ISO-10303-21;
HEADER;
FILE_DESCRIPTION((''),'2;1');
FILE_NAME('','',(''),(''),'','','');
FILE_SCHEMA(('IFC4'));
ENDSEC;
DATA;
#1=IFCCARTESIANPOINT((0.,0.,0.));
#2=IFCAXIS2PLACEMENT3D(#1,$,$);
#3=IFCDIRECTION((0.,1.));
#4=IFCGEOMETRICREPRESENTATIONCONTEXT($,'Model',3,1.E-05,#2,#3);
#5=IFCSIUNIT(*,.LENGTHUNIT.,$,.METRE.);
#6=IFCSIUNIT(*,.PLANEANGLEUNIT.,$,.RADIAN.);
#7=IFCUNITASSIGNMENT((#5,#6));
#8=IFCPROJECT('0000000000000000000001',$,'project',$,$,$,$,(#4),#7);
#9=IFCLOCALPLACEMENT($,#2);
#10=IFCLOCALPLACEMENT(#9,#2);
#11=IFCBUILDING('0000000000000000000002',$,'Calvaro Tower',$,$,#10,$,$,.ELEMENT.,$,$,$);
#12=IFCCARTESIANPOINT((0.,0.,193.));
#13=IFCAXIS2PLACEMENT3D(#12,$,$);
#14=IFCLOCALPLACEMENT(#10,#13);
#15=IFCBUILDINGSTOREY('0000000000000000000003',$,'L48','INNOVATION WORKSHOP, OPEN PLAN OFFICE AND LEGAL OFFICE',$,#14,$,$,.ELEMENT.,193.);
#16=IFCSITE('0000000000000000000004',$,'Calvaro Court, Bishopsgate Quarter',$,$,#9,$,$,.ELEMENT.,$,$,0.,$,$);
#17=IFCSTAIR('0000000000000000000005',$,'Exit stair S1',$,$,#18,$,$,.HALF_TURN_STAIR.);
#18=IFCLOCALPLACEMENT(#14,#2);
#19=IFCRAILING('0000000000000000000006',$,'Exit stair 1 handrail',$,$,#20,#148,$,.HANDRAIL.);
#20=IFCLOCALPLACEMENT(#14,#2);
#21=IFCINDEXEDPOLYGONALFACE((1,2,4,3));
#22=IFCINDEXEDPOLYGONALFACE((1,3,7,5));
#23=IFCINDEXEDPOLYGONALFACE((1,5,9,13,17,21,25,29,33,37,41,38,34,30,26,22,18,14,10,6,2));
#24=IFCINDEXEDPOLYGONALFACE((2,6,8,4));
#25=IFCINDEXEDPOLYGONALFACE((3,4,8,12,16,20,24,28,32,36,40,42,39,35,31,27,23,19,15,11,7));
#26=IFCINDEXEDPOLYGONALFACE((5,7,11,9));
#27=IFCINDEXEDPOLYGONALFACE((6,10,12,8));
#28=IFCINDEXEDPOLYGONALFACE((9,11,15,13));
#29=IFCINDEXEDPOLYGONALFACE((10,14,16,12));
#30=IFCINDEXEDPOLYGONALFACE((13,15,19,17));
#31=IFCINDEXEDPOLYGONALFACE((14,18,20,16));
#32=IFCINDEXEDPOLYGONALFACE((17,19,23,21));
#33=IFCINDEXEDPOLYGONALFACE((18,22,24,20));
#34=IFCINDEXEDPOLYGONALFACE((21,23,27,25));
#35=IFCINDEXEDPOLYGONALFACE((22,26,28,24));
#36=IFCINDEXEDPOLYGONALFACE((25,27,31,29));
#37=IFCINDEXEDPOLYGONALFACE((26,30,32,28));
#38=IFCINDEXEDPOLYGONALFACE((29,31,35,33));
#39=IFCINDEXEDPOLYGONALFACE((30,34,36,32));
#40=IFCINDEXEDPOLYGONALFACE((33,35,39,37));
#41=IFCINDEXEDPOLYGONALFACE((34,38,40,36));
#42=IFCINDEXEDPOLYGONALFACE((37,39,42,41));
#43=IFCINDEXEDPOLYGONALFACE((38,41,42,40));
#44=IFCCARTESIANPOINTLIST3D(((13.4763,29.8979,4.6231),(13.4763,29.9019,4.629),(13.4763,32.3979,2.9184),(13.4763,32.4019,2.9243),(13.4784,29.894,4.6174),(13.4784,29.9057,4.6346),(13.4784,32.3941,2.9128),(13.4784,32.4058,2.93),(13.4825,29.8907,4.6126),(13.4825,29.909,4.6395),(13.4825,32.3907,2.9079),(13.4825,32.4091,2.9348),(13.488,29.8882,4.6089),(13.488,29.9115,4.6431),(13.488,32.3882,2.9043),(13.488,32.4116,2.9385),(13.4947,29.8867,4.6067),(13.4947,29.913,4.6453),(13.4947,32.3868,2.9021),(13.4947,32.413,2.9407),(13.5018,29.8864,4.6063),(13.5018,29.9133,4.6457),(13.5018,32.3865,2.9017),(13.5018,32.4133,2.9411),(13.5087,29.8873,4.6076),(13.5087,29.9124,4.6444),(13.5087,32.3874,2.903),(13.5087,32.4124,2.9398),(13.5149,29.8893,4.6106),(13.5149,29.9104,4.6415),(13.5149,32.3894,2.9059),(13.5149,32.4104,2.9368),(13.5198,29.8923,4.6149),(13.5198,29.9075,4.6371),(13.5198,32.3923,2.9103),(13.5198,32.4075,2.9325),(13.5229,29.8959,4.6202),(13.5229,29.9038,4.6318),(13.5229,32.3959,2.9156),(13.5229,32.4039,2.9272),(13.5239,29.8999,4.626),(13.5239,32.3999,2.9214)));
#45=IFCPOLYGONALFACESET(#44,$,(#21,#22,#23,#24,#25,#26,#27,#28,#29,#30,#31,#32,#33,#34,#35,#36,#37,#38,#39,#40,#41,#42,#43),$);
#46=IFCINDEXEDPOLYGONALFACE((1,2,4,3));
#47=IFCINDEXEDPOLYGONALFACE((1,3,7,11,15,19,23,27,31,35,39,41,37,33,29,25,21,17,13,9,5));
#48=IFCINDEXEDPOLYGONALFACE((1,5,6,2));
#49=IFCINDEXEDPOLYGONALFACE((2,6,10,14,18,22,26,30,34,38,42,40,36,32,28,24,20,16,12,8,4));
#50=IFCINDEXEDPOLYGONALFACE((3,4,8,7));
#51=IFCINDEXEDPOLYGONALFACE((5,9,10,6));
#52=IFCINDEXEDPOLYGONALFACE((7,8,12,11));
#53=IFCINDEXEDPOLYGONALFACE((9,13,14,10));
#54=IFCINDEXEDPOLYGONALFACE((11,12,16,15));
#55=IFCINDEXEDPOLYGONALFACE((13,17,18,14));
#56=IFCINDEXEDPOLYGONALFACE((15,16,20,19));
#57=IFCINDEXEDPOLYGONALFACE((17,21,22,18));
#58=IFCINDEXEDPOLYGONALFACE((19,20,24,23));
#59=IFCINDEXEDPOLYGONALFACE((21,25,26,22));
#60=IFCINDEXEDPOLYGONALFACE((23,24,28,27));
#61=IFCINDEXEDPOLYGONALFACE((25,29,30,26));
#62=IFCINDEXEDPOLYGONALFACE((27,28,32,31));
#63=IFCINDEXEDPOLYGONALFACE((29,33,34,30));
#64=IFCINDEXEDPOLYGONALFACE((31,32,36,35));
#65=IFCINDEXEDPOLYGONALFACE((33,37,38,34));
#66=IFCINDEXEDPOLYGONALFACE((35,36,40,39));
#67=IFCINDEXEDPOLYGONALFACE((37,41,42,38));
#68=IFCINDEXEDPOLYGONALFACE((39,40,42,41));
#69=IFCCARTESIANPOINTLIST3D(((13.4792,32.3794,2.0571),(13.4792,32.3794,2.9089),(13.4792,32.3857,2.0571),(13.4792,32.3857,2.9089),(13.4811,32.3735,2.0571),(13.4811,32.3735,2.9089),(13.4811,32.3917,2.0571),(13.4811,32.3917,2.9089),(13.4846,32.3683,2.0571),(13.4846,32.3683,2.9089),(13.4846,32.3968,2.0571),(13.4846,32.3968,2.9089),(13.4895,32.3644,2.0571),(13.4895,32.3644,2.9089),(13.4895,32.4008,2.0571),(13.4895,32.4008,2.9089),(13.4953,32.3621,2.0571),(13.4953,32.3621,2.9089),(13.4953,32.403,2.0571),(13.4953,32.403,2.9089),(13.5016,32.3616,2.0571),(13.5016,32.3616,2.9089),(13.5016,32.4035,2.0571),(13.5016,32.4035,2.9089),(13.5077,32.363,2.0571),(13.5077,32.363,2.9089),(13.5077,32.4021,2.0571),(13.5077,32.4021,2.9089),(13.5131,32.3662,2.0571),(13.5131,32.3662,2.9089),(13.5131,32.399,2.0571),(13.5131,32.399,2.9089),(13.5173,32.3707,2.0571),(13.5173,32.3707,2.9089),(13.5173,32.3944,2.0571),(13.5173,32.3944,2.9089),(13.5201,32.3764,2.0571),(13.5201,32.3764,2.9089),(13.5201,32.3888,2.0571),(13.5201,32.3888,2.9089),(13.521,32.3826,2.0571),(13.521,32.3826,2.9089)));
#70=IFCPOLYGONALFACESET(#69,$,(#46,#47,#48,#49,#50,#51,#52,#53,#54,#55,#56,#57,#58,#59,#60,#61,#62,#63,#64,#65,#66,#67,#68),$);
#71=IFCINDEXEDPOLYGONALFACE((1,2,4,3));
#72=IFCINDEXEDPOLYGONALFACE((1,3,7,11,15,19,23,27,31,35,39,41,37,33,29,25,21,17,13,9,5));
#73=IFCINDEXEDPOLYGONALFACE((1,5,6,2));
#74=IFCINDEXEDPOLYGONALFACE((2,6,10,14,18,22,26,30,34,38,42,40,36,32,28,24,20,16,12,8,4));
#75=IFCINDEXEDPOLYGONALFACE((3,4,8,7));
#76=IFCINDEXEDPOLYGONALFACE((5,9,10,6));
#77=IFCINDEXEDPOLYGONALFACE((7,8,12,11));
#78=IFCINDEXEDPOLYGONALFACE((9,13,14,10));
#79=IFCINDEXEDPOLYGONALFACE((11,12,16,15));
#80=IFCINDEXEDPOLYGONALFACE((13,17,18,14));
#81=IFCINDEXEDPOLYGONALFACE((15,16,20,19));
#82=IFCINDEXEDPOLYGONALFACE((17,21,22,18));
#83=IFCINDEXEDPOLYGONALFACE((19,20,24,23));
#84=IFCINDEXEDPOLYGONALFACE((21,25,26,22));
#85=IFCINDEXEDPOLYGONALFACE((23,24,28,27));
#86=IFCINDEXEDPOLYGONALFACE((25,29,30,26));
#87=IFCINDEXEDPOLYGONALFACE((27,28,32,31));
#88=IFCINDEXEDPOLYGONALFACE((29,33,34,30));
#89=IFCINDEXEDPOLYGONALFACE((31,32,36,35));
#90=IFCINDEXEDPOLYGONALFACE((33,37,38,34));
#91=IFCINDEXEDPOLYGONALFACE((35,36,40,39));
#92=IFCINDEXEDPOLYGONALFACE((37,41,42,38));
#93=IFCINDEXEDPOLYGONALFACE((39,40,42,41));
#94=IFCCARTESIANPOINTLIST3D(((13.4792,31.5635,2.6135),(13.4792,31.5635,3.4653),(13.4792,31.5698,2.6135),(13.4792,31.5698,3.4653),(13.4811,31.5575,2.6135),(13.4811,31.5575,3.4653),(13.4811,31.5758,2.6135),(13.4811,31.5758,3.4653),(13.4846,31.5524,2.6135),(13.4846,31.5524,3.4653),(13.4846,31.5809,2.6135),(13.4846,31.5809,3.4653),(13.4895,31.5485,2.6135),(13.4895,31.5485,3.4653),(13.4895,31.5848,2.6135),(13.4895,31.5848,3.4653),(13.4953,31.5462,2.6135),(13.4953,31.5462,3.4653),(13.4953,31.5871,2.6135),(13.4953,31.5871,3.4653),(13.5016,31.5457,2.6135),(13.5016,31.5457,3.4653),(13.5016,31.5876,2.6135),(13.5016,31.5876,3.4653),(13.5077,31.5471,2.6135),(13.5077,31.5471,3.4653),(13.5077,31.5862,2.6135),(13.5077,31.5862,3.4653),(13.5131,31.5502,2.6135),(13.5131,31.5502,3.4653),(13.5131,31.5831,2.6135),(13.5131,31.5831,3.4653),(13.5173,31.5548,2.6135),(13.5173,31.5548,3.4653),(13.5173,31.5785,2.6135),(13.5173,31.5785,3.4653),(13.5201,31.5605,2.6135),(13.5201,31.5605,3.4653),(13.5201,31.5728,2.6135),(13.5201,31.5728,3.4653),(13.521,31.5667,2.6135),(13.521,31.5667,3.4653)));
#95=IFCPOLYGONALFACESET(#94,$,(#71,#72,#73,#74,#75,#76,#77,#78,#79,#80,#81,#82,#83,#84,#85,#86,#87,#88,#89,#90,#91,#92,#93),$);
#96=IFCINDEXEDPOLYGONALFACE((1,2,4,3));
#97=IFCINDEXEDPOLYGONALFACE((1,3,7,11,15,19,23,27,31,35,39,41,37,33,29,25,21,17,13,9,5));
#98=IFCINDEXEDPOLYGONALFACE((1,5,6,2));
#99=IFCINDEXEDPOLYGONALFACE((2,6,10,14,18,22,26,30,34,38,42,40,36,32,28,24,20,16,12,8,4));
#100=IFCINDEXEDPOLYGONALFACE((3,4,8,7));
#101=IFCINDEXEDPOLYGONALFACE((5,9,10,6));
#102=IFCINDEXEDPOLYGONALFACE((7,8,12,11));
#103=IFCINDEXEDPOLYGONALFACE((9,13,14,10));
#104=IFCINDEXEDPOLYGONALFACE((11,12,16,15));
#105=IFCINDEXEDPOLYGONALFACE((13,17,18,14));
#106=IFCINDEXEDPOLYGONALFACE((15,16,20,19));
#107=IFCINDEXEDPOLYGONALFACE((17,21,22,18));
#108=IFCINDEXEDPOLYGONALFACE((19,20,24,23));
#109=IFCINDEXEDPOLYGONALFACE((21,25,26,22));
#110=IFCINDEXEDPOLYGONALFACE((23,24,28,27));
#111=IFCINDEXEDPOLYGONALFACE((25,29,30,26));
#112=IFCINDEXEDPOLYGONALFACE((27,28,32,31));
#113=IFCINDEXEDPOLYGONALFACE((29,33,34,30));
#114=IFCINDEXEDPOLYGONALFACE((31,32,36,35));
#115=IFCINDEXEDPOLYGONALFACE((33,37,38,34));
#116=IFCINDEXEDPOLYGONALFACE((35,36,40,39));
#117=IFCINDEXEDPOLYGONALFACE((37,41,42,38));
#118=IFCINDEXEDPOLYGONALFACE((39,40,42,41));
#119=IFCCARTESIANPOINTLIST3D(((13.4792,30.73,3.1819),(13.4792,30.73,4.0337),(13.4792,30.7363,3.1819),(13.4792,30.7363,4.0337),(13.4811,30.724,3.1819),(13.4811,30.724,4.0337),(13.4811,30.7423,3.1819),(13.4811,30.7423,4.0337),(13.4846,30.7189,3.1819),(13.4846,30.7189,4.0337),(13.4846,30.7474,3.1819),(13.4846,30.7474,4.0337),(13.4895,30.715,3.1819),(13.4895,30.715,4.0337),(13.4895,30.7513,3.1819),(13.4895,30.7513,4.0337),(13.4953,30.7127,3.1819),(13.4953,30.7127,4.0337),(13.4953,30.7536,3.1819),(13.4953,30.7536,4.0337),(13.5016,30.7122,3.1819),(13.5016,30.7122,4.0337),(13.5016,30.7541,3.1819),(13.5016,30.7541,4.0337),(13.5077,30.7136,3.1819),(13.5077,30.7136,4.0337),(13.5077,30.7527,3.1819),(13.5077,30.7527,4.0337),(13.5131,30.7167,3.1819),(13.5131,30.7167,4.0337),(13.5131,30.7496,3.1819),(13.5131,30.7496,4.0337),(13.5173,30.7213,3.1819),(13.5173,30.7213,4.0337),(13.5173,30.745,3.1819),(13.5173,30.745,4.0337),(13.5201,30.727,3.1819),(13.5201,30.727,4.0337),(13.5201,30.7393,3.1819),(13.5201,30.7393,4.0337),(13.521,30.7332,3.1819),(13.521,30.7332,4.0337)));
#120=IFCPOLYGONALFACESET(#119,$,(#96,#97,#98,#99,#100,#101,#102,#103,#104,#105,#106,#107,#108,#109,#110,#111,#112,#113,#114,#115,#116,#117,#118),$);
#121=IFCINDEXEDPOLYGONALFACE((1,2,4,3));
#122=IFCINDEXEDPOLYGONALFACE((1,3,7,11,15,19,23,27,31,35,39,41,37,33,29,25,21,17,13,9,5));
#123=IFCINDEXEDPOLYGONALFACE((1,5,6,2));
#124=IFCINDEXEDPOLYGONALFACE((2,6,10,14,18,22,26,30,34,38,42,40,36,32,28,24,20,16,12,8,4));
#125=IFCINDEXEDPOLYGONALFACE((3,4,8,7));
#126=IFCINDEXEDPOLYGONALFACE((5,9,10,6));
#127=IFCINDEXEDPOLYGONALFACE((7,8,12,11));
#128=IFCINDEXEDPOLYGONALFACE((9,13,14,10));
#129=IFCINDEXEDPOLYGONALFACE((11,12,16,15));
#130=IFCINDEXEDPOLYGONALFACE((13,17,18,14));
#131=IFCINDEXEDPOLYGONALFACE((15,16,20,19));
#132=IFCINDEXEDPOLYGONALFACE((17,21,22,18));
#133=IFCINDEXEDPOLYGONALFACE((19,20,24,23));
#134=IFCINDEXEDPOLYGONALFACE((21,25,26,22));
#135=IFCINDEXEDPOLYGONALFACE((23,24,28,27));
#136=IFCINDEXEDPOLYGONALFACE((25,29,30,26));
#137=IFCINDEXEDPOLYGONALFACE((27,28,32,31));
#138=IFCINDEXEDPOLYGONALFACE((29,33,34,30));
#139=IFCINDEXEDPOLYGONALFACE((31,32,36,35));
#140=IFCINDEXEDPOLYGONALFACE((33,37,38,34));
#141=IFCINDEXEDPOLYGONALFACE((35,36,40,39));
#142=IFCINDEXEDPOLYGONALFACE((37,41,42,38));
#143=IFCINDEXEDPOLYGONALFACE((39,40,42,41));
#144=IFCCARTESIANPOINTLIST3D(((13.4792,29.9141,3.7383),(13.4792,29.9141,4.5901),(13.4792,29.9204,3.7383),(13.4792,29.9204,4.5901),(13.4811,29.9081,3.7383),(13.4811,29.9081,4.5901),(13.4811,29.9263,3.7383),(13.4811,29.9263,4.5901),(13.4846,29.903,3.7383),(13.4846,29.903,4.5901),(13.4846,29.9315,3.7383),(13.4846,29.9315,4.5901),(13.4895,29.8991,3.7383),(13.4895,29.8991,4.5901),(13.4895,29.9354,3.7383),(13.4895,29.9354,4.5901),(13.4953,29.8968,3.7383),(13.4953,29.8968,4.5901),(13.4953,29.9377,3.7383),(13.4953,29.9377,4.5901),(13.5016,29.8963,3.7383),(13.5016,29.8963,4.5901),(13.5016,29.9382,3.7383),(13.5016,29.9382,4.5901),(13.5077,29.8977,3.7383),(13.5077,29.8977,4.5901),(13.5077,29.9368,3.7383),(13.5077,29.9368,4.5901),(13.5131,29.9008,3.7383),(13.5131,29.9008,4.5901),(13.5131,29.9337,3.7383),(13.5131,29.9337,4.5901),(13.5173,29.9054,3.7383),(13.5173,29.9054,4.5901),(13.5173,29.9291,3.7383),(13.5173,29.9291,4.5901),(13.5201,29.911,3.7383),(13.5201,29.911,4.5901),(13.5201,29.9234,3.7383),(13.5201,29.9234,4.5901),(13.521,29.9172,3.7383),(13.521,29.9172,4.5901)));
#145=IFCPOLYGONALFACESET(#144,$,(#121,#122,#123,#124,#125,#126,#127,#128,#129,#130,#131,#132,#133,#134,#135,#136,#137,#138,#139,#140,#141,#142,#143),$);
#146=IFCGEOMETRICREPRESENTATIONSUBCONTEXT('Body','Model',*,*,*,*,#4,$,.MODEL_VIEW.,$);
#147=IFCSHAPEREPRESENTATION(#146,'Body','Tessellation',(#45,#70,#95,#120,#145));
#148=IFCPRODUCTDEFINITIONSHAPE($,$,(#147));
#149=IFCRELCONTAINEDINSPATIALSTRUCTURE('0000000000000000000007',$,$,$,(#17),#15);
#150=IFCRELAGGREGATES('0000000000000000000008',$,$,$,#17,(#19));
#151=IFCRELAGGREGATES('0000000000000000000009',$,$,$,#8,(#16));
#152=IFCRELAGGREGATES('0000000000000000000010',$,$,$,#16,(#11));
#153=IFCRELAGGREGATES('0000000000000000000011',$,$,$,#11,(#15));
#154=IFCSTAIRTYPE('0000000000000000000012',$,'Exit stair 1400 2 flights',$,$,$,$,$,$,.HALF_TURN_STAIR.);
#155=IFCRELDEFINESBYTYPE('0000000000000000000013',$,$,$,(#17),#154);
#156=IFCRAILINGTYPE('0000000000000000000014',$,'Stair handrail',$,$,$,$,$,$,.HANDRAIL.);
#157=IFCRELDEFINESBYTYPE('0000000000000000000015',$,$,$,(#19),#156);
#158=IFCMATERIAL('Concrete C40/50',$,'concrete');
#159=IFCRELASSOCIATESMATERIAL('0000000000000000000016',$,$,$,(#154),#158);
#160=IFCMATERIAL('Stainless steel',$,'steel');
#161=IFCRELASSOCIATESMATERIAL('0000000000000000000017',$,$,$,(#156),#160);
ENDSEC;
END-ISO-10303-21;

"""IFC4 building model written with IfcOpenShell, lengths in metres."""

from ifc_helpers import new_model, si_unit, direction, frame, origin, origin_2d, place, context, subcontext, project, spatial, circle, extrude, material, type_object, element, aggregate, save


model = new_model("IFC4")

# Units and contexts
model_context = context("Model", 3, precision=1e-05, world=origin(), true_north=direction((0.0, 1.0)))
body_context = subcontext(model_context, "Body", "Model", "MODEL_VIEW")
ifc_project = project(units=[si_unit("LENGTHUNIT", "METRE"), si_unit("PLANEANGLEUNIT", "RADIAN")], contexts=[model_context])

# Site, building, storey
site_placement = place(None, origin())
site = spatial("IfcSite", under=ifc_project, at=site_placement, Name="Calvaro Court, Bishopsgate Quarter", CompositionType="ELEMENT", RefElevation=0.0)
building_placement = place(site_placement, origin())
building = spatial("IfcBuilding", under=site, at=building_placement, Name="Calvaro Tower", CompositionType="ELEMENT")
storey_placement = place(building_placement, frame((0.0, 0.0, 193.0)))
storey = spatial("IfcBuildingStorey", under=building, at=storey_placement, Name="L48", Description="INNOVATION WORKSHOP, OPEN PLAN OFFICE AND LEGAL OFFICE", CompositionType="ELEMENT", Elevation=193.0)

# Shared definitions
ifc_material_1 = material(Name="Concrete C40/50", Category="concrete")
stair_type = type_object("IfcStairType", Name="Exit stair 1400 2 flights", PredefinedType="HALF_TURN_STAIR", material=ifc_material_1)

# Stair, railing
stair_1_placement = place(storey_placement, origin())
stair_1 = element("IfcStair", 1, at=stair_1_placement, inside=storey, type_object=stair_type, Name="Exit stair S1", PredefinedType="HALF_TURN_STAIR")
ifc_material_2 = material(Name="Stainless steel", Category="steel")
railing_type = type_object("IfcRailingType", Name="Stair handrail", PredefinedType="HANDRAIL", material=ifc_material_2)
railing_1_placement = place(storey_placement, frame((13.5, 32.3999, 2.0454)))
railing_1 = element("IfcRailing", 2, at=railing_1_placement, type_object=railing_type, Name="Exit stair 1 handrail", PredefinedType="HANDRAIL", context=body_context, shape_type="SweptSolid", body=[
    extrude(circle(Radius=0.0239, at=origin_2d()), frame((0.0, 0.0, 0.876), z_axis=(0.0, -0.826221, 0.563347), x_axis=(1.0, 0.0, 0.0)), (0.0, 0.0, 1.0), 3.0259),
    extrude(circle(Radius=0.021, at=origin_2d()), frame((0.0, -0.0173, 0.0117)), (0.0, 0.0, 1.0), 0.8518),
    extrude(circle(Radius=0.021, at=origin_2d()), frame((0.0, -0.8333, 0.5681)), (0.0, 0.0, 1.0), 0.8518),
    extrude(circle(Radius=0.021, at=origin_2d()), frame((0.0, -1.6667, 1.1365)), (0.0, 0.0, 1.0), 0.8518),
    extrude(circle(Radius=0.021, at=origin_2d()), frame((0.0, -2.4827, 1.6929)), (0.0, 0.0, 1.0), 0.8518),
])
aggregate(stair_1, [railing_1])

save(model, "model.ifc")
